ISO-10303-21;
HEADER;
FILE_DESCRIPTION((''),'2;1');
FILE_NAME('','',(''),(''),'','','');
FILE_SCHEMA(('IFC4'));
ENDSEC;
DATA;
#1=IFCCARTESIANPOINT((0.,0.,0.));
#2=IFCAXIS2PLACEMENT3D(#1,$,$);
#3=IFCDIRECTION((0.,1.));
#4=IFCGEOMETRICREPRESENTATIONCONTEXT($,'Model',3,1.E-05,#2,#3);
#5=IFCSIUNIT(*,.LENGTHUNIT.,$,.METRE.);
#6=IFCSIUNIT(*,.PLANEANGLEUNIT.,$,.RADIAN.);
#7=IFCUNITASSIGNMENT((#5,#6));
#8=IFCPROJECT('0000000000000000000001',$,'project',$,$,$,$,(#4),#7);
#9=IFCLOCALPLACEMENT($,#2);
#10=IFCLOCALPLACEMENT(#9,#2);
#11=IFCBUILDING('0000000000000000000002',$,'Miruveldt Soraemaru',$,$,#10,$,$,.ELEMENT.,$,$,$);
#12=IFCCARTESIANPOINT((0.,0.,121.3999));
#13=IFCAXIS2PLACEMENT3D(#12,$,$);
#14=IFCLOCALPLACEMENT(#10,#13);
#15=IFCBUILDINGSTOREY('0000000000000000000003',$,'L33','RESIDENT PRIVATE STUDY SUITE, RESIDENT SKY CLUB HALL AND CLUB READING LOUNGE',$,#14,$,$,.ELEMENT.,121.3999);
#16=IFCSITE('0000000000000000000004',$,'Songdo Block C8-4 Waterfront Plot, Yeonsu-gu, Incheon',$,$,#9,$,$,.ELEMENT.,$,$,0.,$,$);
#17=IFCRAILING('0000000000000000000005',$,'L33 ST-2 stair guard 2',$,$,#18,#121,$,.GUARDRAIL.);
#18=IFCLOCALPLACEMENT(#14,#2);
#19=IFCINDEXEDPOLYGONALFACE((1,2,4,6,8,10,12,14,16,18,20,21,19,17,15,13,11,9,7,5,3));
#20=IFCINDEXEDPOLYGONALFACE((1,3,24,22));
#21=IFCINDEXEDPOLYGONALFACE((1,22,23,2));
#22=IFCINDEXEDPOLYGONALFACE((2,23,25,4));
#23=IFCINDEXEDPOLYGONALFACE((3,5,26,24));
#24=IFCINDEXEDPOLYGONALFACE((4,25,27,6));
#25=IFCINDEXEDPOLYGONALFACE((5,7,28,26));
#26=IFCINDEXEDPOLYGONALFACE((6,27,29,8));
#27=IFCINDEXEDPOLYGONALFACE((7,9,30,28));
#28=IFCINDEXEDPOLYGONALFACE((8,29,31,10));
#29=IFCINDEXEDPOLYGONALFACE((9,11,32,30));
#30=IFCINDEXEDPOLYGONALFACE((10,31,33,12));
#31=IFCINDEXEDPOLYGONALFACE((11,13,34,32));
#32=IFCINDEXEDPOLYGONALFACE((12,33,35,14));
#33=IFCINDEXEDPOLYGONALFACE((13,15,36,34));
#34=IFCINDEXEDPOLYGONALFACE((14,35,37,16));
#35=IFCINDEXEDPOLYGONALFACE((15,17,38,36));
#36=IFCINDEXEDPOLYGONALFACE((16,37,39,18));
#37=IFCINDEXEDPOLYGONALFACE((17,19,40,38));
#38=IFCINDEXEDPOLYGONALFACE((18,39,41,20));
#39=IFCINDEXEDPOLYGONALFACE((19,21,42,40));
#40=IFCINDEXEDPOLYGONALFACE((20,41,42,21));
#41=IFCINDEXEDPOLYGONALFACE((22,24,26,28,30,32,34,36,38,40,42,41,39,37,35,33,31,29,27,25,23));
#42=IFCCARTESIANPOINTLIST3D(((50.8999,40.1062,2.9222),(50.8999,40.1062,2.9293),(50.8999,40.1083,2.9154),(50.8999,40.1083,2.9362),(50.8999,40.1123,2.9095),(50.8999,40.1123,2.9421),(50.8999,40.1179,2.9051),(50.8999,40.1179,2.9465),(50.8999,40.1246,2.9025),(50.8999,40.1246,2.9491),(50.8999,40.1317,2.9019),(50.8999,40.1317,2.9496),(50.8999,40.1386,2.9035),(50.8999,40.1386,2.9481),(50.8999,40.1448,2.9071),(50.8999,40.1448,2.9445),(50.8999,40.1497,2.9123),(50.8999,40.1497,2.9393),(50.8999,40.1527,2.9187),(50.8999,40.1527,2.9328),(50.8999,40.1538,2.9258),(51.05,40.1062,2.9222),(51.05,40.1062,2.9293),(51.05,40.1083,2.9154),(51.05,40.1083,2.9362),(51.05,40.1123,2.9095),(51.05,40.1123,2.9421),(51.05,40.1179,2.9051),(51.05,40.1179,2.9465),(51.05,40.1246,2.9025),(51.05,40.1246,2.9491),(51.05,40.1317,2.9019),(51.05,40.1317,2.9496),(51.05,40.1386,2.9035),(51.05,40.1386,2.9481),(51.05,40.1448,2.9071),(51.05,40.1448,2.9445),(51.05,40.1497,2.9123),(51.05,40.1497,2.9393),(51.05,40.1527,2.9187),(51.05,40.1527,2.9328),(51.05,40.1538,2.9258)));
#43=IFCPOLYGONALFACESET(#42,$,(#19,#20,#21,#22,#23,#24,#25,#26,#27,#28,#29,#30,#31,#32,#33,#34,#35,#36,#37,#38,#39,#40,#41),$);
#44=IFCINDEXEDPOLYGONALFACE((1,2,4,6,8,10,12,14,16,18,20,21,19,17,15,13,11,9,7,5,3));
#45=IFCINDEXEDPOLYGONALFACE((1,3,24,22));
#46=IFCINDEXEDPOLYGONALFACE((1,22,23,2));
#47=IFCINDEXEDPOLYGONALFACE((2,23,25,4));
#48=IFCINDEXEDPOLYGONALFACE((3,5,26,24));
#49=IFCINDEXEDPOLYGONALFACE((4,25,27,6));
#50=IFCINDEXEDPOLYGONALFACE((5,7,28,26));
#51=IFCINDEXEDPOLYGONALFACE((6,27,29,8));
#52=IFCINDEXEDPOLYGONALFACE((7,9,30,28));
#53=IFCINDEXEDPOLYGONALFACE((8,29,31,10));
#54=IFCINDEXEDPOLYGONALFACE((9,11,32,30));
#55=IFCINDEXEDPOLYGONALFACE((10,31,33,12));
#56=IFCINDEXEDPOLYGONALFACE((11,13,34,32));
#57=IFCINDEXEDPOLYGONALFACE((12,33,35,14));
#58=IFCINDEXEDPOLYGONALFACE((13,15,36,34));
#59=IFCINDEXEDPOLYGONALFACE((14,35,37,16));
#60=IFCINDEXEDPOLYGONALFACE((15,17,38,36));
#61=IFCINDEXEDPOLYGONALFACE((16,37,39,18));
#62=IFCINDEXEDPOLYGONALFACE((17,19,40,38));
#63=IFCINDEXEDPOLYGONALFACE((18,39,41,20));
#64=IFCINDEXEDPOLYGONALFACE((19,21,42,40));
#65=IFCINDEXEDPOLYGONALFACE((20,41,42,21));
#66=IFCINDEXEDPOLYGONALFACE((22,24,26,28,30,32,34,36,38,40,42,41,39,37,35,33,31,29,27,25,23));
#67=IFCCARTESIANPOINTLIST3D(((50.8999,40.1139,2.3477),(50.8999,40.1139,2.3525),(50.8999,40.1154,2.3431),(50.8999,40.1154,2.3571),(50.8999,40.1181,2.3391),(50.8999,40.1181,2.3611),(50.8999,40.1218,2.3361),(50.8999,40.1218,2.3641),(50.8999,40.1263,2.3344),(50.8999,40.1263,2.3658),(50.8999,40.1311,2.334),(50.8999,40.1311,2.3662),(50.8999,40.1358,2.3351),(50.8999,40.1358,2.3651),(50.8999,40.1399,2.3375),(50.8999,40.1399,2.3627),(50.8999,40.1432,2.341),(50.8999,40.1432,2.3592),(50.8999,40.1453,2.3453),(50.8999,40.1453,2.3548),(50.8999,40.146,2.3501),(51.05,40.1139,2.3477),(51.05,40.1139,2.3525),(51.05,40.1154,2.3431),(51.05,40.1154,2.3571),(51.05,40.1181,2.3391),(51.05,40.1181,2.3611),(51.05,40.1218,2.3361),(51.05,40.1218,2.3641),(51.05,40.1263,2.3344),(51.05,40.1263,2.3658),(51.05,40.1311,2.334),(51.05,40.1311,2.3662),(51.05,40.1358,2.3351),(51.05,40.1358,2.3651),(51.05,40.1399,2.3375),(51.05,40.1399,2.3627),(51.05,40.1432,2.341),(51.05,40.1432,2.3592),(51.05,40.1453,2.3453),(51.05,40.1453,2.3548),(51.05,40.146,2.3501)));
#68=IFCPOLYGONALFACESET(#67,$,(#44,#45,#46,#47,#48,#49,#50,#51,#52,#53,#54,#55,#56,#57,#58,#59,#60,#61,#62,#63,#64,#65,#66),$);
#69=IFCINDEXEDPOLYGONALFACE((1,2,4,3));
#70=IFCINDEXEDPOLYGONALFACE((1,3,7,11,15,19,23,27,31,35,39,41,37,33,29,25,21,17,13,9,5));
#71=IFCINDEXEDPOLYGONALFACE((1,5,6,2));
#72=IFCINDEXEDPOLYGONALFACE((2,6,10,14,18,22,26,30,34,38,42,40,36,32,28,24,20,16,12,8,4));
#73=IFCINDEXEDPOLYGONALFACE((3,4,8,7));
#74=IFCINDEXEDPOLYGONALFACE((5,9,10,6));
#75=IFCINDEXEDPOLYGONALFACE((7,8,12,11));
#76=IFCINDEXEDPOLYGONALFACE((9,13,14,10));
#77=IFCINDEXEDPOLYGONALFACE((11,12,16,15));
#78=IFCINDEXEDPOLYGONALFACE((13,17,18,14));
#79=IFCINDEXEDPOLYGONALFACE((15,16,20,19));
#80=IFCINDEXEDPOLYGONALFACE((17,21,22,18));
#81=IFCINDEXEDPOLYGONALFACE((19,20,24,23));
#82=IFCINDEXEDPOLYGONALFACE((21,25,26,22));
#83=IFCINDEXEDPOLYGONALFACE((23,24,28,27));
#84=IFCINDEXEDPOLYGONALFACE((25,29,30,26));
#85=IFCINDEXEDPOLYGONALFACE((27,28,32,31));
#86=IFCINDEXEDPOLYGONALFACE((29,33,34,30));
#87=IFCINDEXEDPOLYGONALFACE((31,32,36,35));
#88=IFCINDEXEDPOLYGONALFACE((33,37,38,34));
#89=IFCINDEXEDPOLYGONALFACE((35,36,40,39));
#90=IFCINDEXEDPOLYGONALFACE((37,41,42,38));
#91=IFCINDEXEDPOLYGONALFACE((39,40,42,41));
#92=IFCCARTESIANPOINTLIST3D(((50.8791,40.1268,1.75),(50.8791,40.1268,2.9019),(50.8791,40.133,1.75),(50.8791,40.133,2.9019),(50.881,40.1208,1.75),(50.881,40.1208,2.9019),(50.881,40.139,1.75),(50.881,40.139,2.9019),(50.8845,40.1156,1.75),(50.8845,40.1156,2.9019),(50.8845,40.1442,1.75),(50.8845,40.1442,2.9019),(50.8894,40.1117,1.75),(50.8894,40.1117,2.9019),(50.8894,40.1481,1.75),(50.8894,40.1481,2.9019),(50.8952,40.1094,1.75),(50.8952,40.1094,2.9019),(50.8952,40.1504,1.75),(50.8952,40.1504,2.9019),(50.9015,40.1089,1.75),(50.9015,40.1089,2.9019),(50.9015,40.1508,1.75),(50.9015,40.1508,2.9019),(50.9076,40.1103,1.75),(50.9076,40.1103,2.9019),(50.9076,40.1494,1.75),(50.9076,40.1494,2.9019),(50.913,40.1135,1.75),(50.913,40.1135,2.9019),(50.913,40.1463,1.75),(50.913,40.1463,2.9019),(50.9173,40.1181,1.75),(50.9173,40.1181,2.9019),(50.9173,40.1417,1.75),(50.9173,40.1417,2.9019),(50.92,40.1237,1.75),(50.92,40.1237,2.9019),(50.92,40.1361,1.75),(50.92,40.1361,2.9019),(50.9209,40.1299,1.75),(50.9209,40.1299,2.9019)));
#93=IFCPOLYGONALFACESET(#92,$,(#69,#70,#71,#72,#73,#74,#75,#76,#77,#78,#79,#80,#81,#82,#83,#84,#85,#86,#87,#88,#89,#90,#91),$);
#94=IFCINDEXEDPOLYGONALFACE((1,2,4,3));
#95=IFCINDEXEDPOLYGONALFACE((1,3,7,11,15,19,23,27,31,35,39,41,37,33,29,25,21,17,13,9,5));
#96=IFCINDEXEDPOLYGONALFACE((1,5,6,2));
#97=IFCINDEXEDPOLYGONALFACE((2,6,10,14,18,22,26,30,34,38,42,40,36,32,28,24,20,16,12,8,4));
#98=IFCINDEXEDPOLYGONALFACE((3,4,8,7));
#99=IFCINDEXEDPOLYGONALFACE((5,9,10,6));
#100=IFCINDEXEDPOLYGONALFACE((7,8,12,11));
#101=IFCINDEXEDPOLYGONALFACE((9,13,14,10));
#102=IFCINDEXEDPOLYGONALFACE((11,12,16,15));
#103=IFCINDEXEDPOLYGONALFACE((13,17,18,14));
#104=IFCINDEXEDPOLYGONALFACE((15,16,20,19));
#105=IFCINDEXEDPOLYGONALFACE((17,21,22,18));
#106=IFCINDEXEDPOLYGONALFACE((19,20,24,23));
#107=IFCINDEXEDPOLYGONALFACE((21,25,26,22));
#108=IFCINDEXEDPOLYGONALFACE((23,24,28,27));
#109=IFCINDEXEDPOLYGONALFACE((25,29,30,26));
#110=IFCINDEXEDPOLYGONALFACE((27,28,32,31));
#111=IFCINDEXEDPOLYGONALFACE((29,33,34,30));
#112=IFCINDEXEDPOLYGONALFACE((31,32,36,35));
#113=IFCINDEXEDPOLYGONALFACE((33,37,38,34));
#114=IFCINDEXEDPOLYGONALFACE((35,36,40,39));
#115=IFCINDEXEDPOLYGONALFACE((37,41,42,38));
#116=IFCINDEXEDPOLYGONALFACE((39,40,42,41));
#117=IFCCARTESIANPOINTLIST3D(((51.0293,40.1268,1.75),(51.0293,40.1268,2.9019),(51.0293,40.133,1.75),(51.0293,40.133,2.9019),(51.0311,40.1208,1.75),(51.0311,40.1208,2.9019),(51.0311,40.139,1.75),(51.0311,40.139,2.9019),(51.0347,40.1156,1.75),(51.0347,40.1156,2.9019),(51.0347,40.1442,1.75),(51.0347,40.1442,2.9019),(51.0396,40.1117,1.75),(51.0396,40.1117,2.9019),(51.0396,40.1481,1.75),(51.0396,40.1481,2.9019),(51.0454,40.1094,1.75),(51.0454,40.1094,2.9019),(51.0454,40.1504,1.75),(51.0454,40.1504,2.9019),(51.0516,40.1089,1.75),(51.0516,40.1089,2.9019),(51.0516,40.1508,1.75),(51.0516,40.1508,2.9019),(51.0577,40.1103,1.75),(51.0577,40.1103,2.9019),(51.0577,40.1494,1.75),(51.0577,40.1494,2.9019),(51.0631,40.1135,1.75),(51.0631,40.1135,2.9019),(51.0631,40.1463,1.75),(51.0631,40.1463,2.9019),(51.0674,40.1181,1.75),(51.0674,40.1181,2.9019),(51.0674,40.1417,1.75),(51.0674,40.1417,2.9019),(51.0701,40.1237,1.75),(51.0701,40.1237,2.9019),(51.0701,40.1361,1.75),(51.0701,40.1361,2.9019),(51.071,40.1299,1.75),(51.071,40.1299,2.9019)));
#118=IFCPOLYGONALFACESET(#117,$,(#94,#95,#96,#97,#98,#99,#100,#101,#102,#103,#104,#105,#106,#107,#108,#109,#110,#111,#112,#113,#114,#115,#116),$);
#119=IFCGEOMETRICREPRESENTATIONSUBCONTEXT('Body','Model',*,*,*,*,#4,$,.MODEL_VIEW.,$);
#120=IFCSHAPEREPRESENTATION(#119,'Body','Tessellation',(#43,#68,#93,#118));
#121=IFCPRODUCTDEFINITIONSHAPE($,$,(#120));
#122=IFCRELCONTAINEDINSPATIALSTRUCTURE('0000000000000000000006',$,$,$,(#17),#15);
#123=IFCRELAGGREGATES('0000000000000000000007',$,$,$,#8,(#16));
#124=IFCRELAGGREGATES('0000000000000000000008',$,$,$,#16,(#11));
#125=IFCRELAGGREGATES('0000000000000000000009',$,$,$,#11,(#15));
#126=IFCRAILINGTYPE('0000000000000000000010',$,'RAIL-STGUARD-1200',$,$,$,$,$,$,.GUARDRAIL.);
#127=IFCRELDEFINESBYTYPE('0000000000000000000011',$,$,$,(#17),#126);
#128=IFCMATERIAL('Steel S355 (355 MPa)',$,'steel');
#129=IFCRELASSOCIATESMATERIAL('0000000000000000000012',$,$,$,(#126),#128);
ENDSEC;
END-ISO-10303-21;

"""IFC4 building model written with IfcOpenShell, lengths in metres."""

from ifc_helpers import new_model, si_unit, direction, frame, origin, origin_2d, place, context, subcontext, project, spatial, circle, extrude, material, type_object, element, save


model = new_model("IFC4")

# Units and contexts
model_context = context("Model", 3, precision=1e-05, world=origin(), true_north=direction((0.0, 1.0)))
body_context = subcontext(model_context, "Body", "Model", "MODEL_VIEW")
ifc_project = project(units=[si_unit("LENGTHUNIT", "METRE"), si_unit("PLANEANGLEUNIT", "RADIAN")], contexts=[model_context])

# Site, building, storey
site_placement = place(None, origin())
site = spatial("IfcSite", under=ifc_project, at=site_placement, Name="Songdo Block C8-4 Waterfront Plot, Yeonsu-gu, Incheon", CompositionType="ELEMENT", RefElevation=0.0)
building_placement = place(site_placement, origin())
building = spatial("IfcBuilding", under=site, at=building_placement, Name="Miruveldt Soraemaru", CompositionType="ELEMENT")
storey_placement = place(building_placement, frame((0.0, 0.0, 121.3999)))
storey = spatial("IfcBuildingStorey", under=building, at=storey_placement, Name="L33", Description="RESIDENT PRIVATE STUDY SUITE, RESIDENT SKY CLUB HALL AND CLUB READING LOUNGE", CompositionType="ELEMENT", Elevation=121.3999)

# Railing
ifc_material_1 = material(Name="Steel S355 (355 MPa)", Category="steel")
railing_type_1 = type_object("IfcRailingType", Name="RAIL-STGUARD-1200", PredefinedType="GUARDRAIL", material=ifc_material_1)
railing_1_placement = place(storey_placement, frame((50.8999, 40.1299, 1.75)))
element("IfcRailing", 1, at=railing_1_placement, inside=storey, type_object=railing_type_1, Name="L33 ST-2 stair guard 2", PredefinedType="GUARDRAIL", context=body_context, shape_type="SweptSolid", body=[
    extrude(circle(Radius=0.0239, at=origin_2d()), frame((0.0, 0.0, 1.1758), z_axis=(1.0, 0.0, 0.0), x_axis=(0.0, 1.0, 0.0)), (0.0, 0.0, 1.0), 0.1501),
    extrude(circle(Radius=0.0161, at=origin_2d()), frame((0.0, 0.0, 0.6001), z_axis=(1.0, 0.0, 0.0), x_axis=(0.0, 1.0, 0.0)), (0.0, 0.0, 1.0), 0.1501),
    extrude(circle(Radius=0.021, at=origin_2d()), origin(), (0.0, 0.0, 1.0), 1.1519),
    extrude(circle(Radius=0.021, at=origin_2d()), frame((0.1501, 0.0, 0.0)), (0.0, 0.0, 1.0), 1.1519),
])

save(model, "model.ifc")
